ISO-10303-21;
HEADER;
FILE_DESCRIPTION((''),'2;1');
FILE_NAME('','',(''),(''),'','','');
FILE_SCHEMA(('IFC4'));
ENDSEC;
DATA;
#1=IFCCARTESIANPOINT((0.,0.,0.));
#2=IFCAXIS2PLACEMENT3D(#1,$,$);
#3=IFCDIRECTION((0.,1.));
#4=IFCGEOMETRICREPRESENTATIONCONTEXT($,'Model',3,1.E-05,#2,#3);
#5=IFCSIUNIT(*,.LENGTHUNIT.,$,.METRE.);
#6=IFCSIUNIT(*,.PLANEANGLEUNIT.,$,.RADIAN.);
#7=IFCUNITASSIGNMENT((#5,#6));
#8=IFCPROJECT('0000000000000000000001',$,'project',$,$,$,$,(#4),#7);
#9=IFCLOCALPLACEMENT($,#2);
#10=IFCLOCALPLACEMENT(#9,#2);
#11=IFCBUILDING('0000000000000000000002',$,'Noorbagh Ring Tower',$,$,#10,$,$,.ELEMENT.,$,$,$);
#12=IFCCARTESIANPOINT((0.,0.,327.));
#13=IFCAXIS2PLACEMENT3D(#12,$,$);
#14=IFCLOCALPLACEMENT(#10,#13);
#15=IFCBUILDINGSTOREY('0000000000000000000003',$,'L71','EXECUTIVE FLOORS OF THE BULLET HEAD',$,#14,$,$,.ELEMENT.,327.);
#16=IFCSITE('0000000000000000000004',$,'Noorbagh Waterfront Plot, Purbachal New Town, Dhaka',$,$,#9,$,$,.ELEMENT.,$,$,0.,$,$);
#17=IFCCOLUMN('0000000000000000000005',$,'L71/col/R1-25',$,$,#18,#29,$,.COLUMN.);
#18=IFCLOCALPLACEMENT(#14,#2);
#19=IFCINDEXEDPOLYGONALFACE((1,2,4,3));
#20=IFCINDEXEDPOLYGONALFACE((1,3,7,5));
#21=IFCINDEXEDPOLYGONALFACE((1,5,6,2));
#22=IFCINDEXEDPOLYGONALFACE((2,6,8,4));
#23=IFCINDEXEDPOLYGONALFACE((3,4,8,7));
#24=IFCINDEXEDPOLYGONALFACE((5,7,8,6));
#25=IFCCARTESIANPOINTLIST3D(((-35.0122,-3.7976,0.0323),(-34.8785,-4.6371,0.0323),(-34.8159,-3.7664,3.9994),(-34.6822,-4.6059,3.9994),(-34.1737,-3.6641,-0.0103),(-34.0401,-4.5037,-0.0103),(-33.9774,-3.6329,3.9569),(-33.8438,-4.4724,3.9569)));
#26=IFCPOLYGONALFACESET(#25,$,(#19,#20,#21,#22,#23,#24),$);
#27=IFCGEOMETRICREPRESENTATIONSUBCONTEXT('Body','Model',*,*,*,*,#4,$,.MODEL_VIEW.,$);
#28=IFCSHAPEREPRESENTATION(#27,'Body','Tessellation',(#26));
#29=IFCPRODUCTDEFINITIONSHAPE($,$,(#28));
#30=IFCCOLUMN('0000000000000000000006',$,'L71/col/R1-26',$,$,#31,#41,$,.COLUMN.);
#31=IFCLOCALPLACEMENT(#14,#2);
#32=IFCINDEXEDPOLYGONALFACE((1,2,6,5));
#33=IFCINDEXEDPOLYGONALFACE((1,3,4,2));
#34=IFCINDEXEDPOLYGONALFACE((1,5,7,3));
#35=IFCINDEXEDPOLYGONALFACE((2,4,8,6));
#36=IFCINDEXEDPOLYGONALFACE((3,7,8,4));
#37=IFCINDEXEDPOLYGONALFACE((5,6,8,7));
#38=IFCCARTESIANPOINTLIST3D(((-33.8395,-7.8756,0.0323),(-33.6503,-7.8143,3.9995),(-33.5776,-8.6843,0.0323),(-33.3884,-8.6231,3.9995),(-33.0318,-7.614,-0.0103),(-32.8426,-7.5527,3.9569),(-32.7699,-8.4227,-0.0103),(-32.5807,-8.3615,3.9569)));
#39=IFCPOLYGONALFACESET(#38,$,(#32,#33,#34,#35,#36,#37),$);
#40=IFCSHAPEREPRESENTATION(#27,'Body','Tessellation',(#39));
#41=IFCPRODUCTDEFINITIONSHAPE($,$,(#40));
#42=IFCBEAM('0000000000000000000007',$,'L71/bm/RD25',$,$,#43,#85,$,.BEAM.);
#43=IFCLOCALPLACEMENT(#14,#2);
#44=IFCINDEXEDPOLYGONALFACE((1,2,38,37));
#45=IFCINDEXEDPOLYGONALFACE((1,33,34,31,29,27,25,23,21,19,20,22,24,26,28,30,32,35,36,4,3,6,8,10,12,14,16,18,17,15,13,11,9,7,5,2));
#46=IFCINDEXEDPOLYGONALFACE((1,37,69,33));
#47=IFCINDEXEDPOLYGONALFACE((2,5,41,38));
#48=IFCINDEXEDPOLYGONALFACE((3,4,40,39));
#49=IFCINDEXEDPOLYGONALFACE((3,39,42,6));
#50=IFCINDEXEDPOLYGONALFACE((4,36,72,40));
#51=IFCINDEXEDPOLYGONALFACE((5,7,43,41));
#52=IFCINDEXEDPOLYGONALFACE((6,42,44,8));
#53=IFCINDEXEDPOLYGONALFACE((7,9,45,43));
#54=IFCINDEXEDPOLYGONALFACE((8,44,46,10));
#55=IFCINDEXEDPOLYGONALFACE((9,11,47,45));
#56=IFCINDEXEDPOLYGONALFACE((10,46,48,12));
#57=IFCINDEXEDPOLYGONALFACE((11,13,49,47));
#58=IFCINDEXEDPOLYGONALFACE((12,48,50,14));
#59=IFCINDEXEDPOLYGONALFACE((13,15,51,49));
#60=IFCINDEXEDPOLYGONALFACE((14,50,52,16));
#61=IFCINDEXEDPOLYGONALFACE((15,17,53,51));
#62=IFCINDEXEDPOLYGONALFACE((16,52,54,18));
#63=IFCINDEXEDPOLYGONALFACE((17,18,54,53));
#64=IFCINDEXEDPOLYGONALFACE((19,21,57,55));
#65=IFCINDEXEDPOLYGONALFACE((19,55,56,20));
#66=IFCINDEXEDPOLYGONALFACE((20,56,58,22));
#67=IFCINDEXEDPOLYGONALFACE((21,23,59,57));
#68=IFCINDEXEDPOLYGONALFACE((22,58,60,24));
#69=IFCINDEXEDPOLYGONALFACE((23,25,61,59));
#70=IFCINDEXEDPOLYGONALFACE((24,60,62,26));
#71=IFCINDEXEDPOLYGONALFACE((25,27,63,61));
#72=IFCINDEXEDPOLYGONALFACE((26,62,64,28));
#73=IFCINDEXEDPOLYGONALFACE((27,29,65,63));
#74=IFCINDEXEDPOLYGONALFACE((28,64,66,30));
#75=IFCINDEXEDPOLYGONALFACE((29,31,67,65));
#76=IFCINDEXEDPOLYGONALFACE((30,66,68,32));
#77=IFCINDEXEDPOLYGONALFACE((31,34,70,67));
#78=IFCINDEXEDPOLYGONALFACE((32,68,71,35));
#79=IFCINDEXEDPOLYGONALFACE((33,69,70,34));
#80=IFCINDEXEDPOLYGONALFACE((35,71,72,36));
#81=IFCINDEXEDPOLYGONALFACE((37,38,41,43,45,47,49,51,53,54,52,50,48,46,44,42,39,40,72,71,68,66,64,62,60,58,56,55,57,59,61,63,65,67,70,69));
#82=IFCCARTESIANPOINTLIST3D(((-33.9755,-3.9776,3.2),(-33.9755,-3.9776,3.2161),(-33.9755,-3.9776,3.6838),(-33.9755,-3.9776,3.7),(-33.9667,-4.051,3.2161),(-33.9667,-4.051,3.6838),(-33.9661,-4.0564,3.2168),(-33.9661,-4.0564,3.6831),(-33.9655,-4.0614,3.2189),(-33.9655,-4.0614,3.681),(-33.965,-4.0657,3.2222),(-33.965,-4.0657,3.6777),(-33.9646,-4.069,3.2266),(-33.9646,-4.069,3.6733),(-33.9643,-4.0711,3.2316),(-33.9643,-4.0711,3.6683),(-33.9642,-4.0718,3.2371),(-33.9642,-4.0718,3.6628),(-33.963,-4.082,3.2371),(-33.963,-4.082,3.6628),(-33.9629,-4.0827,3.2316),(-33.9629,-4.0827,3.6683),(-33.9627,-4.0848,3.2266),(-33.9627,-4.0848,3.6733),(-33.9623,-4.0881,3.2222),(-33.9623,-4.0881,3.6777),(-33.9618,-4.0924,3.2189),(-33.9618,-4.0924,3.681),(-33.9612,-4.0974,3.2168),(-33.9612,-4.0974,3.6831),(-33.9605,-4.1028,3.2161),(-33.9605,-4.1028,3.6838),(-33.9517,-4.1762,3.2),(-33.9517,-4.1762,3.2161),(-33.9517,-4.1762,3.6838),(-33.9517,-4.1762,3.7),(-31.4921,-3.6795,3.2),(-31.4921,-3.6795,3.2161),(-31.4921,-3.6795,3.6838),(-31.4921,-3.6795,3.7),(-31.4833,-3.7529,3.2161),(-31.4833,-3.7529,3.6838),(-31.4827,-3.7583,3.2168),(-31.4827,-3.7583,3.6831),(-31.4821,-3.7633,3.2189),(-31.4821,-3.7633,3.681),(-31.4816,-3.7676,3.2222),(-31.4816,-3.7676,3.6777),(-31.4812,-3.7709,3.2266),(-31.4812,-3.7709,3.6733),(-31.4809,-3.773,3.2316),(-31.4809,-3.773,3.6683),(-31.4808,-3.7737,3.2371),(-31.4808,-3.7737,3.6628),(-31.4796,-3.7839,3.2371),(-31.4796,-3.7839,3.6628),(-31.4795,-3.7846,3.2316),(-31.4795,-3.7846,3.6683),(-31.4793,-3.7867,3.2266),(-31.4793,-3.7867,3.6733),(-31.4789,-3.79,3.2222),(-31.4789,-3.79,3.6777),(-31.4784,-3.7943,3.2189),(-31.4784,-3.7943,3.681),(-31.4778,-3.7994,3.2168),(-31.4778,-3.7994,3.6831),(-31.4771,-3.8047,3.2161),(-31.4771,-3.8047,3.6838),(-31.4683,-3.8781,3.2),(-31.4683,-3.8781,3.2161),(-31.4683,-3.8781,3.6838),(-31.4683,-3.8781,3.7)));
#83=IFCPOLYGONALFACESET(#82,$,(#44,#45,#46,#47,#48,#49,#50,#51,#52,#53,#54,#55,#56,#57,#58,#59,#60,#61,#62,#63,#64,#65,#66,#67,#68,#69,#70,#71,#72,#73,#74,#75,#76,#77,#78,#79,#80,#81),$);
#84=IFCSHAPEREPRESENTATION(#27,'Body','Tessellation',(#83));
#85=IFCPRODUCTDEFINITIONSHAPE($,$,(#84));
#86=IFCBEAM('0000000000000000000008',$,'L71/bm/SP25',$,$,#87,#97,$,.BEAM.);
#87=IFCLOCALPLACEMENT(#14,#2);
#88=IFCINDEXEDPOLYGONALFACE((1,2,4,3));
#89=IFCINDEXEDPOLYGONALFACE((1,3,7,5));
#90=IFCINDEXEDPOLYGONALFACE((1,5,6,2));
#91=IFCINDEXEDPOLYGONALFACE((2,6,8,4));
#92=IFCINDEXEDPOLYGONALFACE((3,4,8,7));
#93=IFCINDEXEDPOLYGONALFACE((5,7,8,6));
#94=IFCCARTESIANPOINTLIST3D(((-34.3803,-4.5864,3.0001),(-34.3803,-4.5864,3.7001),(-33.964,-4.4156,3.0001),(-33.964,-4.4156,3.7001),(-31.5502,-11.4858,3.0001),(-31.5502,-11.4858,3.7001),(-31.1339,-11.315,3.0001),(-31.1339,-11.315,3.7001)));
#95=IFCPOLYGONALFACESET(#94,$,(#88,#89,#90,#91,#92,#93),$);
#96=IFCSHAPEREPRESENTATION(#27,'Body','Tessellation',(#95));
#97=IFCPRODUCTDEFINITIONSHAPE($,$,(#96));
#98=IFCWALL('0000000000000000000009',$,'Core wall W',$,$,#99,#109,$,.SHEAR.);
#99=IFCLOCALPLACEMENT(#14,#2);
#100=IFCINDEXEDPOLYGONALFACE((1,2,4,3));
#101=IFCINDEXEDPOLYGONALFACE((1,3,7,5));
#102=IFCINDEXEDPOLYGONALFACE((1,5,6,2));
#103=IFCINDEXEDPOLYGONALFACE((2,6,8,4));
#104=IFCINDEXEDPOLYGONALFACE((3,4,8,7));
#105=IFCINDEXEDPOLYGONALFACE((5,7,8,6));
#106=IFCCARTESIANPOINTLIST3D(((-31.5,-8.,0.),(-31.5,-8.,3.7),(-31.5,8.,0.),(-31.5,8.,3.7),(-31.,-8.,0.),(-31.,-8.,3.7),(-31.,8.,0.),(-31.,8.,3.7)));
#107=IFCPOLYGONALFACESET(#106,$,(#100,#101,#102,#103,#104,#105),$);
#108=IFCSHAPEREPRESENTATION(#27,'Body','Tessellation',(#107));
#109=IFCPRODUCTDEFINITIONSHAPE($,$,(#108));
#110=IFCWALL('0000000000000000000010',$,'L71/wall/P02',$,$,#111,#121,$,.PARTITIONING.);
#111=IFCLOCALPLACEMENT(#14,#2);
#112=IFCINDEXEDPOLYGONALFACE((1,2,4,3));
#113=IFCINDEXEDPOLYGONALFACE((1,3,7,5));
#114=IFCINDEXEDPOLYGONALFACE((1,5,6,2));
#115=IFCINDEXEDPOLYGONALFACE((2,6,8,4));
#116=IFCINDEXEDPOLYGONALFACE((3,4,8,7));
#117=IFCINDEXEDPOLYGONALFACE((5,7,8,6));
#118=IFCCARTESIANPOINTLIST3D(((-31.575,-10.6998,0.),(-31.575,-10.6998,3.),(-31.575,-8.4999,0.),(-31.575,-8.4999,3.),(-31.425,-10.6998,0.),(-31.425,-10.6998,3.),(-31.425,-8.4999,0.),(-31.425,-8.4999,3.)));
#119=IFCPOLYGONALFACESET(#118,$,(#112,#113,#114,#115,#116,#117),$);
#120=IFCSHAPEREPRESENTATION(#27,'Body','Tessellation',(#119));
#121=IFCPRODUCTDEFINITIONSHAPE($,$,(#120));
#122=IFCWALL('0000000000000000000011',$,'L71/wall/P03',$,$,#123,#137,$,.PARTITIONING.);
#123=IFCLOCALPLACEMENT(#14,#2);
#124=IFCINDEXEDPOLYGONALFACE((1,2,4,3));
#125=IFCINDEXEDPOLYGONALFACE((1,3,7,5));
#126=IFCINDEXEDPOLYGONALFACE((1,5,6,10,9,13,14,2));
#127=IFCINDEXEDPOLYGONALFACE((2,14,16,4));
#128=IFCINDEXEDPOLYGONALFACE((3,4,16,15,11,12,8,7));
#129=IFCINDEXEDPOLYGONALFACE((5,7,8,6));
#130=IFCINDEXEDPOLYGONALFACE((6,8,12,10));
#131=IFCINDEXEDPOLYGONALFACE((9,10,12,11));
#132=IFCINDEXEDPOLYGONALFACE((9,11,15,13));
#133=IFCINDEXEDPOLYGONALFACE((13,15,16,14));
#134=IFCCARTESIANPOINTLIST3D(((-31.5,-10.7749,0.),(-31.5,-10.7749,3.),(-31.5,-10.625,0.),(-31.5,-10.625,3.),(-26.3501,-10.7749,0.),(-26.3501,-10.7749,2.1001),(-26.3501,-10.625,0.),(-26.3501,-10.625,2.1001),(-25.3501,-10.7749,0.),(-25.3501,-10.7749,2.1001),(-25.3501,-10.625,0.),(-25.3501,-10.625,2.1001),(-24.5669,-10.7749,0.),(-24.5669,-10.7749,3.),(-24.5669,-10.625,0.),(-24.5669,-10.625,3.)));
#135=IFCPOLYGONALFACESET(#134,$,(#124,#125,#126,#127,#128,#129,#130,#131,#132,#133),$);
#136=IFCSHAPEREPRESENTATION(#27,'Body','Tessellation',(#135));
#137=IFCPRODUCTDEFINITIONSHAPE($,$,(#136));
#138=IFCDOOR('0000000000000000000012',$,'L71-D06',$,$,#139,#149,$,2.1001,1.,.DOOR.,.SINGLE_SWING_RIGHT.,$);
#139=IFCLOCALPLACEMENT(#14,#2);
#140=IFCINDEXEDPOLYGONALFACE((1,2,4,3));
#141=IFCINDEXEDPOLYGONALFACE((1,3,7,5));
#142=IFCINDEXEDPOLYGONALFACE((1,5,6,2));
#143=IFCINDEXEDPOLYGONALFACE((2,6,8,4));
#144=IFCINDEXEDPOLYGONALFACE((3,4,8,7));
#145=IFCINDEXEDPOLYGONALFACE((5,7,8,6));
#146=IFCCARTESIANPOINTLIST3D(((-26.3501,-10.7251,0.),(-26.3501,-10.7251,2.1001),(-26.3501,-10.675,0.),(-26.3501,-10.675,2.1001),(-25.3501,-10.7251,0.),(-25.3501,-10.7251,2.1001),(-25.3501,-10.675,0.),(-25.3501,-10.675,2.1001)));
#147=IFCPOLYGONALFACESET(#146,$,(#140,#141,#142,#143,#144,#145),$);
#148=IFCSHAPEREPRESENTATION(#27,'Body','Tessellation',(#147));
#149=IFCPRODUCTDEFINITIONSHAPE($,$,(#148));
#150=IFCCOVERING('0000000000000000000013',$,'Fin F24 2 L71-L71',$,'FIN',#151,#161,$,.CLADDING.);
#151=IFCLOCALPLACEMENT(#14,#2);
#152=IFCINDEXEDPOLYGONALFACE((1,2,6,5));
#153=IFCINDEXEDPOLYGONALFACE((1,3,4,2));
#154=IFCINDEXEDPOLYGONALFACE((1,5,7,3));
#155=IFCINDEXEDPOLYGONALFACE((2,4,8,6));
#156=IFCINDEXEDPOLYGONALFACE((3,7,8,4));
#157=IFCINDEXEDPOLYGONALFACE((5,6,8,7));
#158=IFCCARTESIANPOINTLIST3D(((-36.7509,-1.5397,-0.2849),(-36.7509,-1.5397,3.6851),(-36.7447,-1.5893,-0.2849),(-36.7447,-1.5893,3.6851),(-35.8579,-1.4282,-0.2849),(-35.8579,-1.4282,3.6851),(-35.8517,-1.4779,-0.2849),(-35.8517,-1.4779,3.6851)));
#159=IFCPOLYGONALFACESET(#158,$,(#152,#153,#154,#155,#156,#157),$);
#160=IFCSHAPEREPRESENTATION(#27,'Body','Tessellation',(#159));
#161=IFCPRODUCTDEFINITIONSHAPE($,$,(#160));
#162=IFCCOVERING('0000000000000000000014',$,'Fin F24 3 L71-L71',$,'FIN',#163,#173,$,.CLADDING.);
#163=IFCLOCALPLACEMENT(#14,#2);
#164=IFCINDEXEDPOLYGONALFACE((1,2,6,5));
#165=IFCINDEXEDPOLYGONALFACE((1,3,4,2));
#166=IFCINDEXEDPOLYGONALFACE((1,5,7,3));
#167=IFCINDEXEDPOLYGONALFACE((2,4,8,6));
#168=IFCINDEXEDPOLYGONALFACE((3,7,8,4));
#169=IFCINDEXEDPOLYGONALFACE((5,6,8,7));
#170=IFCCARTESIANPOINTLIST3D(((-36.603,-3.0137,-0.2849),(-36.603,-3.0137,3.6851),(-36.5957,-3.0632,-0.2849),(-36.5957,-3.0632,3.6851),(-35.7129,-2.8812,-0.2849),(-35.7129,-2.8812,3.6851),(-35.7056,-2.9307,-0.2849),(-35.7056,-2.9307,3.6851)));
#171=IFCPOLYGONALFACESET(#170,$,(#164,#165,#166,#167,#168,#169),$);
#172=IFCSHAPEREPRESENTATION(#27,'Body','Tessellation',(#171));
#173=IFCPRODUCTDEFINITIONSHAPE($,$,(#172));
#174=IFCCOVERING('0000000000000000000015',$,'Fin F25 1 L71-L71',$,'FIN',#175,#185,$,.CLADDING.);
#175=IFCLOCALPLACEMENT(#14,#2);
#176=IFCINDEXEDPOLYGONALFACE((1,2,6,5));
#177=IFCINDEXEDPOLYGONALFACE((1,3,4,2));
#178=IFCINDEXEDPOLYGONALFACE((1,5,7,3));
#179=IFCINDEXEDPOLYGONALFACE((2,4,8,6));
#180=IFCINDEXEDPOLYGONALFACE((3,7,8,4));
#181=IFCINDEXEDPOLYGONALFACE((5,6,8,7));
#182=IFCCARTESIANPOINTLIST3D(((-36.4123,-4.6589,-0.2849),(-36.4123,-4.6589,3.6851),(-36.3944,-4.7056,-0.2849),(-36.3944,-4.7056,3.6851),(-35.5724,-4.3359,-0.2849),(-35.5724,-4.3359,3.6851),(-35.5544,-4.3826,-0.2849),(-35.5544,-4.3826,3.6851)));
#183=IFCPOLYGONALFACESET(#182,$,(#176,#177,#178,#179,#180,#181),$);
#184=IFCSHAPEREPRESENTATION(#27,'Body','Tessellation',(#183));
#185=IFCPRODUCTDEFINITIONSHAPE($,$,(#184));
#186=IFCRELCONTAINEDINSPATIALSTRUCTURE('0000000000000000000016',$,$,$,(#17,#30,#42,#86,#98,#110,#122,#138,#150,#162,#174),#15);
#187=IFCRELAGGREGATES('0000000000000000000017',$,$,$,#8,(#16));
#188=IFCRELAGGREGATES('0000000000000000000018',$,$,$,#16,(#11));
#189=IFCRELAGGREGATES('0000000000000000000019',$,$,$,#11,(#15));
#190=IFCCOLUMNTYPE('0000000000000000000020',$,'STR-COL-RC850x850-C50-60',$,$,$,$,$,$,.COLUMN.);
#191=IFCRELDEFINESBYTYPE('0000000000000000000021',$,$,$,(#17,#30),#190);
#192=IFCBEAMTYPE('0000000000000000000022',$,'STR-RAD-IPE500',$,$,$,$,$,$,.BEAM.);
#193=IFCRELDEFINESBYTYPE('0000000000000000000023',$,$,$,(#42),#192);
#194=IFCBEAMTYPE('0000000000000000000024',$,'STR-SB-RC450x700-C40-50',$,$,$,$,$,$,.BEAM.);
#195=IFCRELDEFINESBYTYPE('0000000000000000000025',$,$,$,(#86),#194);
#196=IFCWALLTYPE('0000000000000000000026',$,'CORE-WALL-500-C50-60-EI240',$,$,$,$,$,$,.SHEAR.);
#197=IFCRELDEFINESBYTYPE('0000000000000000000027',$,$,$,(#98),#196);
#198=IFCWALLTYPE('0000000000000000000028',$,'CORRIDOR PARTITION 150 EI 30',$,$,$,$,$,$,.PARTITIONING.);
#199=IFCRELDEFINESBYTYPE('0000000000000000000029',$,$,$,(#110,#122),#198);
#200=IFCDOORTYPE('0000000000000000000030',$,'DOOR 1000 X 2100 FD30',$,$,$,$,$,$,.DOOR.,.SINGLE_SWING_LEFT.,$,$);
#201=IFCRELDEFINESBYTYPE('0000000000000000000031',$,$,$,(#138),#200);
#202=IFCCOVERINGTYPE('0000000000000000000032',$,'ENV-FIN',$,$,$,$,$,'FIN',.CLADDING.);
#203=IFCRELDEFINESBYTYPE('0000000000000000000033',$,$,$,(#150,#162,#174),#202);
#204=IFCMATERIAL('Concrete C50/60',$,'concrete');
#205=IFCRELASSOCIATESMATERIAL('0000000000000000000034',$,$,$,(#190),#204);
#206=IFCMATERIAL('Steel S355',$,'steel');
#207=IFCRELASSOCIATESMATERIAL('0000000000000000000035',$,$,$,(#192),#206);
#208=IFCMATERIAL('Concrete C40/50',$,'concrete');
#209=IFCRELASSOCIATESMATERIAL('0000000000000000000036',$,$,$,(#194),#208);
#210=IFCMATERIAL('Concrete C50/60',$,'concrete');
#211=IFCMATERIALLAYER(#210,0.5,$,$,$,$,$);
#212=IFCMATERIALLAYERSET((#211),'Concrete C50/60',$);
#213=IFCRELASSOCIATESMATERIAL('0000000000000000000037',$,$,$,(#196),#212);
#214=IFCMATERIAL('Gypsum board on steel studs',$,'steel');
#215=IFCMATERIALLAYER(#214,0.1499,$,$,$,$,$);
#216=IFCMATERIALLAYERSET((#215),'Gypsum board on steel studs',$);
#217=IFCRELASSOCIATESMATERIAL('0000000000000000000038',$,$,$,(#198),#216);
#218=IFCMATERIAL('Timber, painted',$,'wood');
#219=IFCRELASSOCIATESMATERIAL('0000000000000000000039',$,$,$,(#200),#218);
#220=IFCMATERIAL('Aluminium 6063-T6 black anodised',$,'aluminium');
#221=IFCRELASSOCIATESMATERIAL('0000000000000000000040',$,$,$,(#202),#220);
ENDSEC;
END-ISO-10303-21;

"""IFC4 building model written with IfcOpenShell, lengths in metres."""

from ifc_helpers import new_model, si_unit, direction, frame, frame_2d, origin, origin_2d, place, context, subcontext, project, spatial, rectangle, i_section, extrude, material, layer, layer_set, material_profile, profile_set, type_object, element, fill, save


model = new_model("IFC4")

# Units and contexts
model_context = context("Model", 3, precision=1e-05, world=origin(), true_north=direction((0.0, 1.0)))
body_context = subcontext(model_context, "Body", "Model", "MODEL_VIEW")
ifc_project = project(units=[si_unit("LENGTHUNIT", "METRE"), si_unit("PLANEANGLEUNIT", "RADIAN")], contexts=[model_context])

# Site, building, storey
site_placement = place(None, origin())
site = spatial("IfcSite", under=ifc_project, at=site_placement, Name="Noorbagh Waterfront Plot, Purbachal New Town, Dhaka", CompositionType="ELEMENT", RefElevation=0.0)
building_placement = place(site_placement, origin())
building = spatial("IfcBuilding", under=site, at=building_placement, Name="Noorbagh Ring Tower", CompositionType="ELEMENT")
storey_placement = place(building_placement, frame((0.0, 0.0, 327.0)))
storey = spatial("IfcBuildingStorey", under=building, at=storey_placement, Name="L71", Description="EXECUTIVE FLOORS OF THE BULLET HEAD", CompositionType="ELEMENT", Elevation=327.0)

# Columns
ifc_material_1 = material(Name="Concrete C50/60", Category="concrete")
ifc_material_profile_1 = material_profile(ifc_material_1, rectangle(XDim=0.8501, YDim=0.8501, at=origin_2d()), Name="RC850x850")
ifc_profile_set_1 = profile_set([ifc_material_profile_1], Name="Concrete C50/60")
column_type = type_object("IfcColumnType", Name="STR-COL-RC850x850-C50-60", PredefinedType="COLUMN", material=ifc_profile_set_1)
for number, where, z_axis, x_axis, name in (
    (1, (-34.5261, -4.1506, 0.011), (0.049415, 0.007867, 0.998747), (-0.157224, 0.987563, 0.0), "L71/col/R1-25"),
    (2, (-33.3047, -8.1492, 0.011), (0.047632, 0.015427, 0.998746), (-0.308114, 0.951349, 0.0), "L71/col/R1-26"),
):
    element("IfcColumn", number, at=place(storey_placement, frame(where, z_axis=z_axis, x_axis=x_axis)), inside=storey, type_object=column_type, Name=name, PredefinedType="COLUMN", context=body_context, shape_type="SweptSolid", body=[
        extrude(rectangle(XDim=0.8501, YDim=0.8501, at=origin_2d()), origin(), (0.0, 0.0, 1.0), 3.9722),
    ])

# Beams
ifc_material_2 = material(Name="Steel S355", Category="steel")
ifc_material_profile_2 = material_profile(ifc_material_2, i_section(OverallWidth=0.2, OverallDepth=0.5, WebThickness=0.0103, FlangeThickness=0.0161, FilletRadius=0.021, at=origin_2d()), Name="IPE500")
ifc_profile_set_2 = profile_set([ifc_material_profile_2], Name="Steel S355")
beam_type_1 = type_object("IfcBeamType", Name="STR-RAD-IPE500", PredefinedType="BEAM", material=ifc_profile_set_2)
beam_1_placement = place(storey_placement, frame((-33.9636, -4.0769, 3.45), z_axis=(0.992873, 0.11918, 0.0), x_axis=(-0.11918, 0.992873, 0.0)))
element("IfcBeam", 3, at=beam_1_placement, inside=storey, type_object=beam_type_1, Name="L71/bm/RD25", PredefinedType="BEAM", context=body_context, shape_type="SweptSolid", body=[
    extrude(i_section(OverallWidth=0.2, OverallDepth=0.5, WebThickness=0.0103, FlangeThickness=0.0161, FilletRadius=0.021, at=origin_2d()), origin(), (0.0, 0.0, 1.0), 2.5012),
])
ifc_material_3 = material(Name="Concrete C40/50", Category="concrete")
ifc_material_profile_3 = material_profile(ifc_material_3, rectangle(XDim=0.45, YDim=0.7, at=origin_2d()), Name="RC450x700")
ifc_profile_set_3 = profile_set([ifc_material_profile_3], Name="Concrete C40/50")
beam_type_2 = type_object("IfcBeamType", Name="STR-SB-RC450x700-C40-50", PredefinedType="BEAM", material=ifc_profile_set_3)
beam_2_placement = place(storey_placement, frame((-34.1721, -4.501, 3.3501), z_axis=(0.379505, -0.92519, 0.0), x_axis=(0.92519, 0.379505, 0.0)))
element("IfcBeam", 4, at=beam_2_placement, inside=storey, type_object=beam_type_2, Name="L71/bm/SP25", PredefinedType="BEAM", context=body_context, shape_type="SweptSolid", body=[
    extrude(rectangle(XDim=0.45, YDim=0.7, at=origin_2d()), origin(), (0.0, 0.0, 1.0), 7.4573),
])

# Walls
ifc_material_4 = material(Name="Concrete C50/60", Category="concrete")
ifc_layer_1 = layer(ifc_material_4, 0.5)
ifc_layer_set_1 = layer_set([ifc_layer_1], Name="Concrete C50/60")
wall_type_1 = type_object("IfcWallType", Name="CORE-WALL-500-C50-60-EI240", PredefinedType="SHEAR", material=ifc_layer_set_1)
wall_1_placement = place(storey_placement, frame((-31.25, -8.0, 0.0), z_axis=(0.0, 0.0, 1.0), x_axis=(0.0, 1.0, 0.0)))
element("IfcWall", 5, at=wall_1_placement, inside=storey, type_object=wall_type_1, Name="Core wall W", PredefinedType="SHEAR", context=body_context, shape_type="SweptSolid", body=[
    extrude(rectangle(XDim=16.0, YDim=0.5, at=frame_2d((8.0, 0.0))), origin(), (0.0, 0.0, 1.0), 3.7),
])
ifc_material_5 = material(Name="Gypsum board on steel studs", Category="steel")
ifc_layer_2 = layer(ifc_material_5, 0.1499)
ifc_layer_set_2 = layer_set([ifc_layer_2], Name="Gypsum board on steel studs")
wall_type_2 = type_object("IfcWallType", Name="CORRIDOR PARTITION 150 EI 30", PredefinedType="PARTITIONING", material=ifc_layer_set_2)
wall_2_placement = place(storey_placement, frame((-31.5, -10.7, 0.0), z_axis=(0.0, 0.0, 1.0), x_axis=(0.0, 1.0, 0.0)))
element("IfcWall", 6, at=wall_2_placement, inside=storey, type_object=wall_type_2, Name="L71/wall/P02", PredefinedType="PARTITIONING", context=body_context, shape_type="SweptSolid", body=[
    extrude(rectangle(XDim=2.2, YDim=0.1499, at=frame_2d((1.1001, 0.0))), origin(), (0.0, 0.0, 1.0), 3.0),
])

# Wall, opening, door
wall_3_placement = place(storey_placement, frame((-31.5, -10.7, 0.0), z_axis=(0.0, 0.0, 1.0), x_axis=(1.0, 0.0, 0.0)))
wall_3 = element("IfcWall", 7, at=wall_3_placement, inside=storey, type_object=wall_type_2, Name="L71/wall/P03", PredefinedType="PARTITIONING", context=body_context, shape_type="SweptSolid", body=[
    extrude(rectangle(XDim=6.9331, YDim=0.1499, at=frame_2d((3.4666, 0.0))), origin(), (0.0, 0.0, 1.0), 3.0),
])
opening_placement = place(wall_3_placement, frame((5.1499, 0.0, 0.0)))
opening = element("IfcOpeningElement", 8, at=opening_placement, cuts=wall_3, PredefinedType="OPENING", context=body_context, shape_type="SweptSolid", body=[
    extrude(rectangle(XDim=1.0, YDim=2.1001, at=frame_2d((0.5, 1.05))), frame((0.0, 0.085, 0.0), z_axis=(0.0, -1.0, 0.0), x_axis=(1.0, 0.0, 0.0)), (0.0, 0.0, 1.0), 0.1699),
])
ifc_material_6 = material(Name="Timber, painted", Category="wood")
door_type = type_object("IfcDoorType", Name="DOOR 1000 X 2100 FD30", OperationType="SINGLE_SWING_LEFT", PredefinedType="DOOR", material=ifc_material_6)
door_placement = place(opening_placement, origin())
door = element("IfcDoor", 9, at=door_placement, inside=storey, type_object=door_type, Name="L71-D06", OperationType="SINGLE_SWING_RIGHT", OverallHeight=2.1001, OverallWidth=1.0, PredefinedType="DOOR", context=body_context, shape_type="SweptSolid", body=[
    extrude(rectangle(XDim=1.0, YDim=2.1001, at=frame_2d((0.5, 1.05))), frame((0.0, 0.0249, 0.0), z_axis=(0.0, -1.0, 0.0), x_axis=(1.0, 0.0, 0.0)), (0.0, 0.0, 1.0), 0.05),
])
fill(opening, door)

# Coverings
ifc_material_7 = material(Name="Aluminium 6063-T6 black anodised", Category="aluminium")
ifc_material_profile_4 = material_profile(ifc_material_7, rectangle(XDim=0.8999, YDim=0.05, at=origin_2d()), Name="900x50")
ifc_profile_set_4 = profile_set([ifc_material_profile_4], Name="Aluminium 6063-T6 black anodised")
covering_type = type_object("IfcCoveringType", Name="ENV-FIN", ElementType="FIN", PredefinedType="CLADDING", material=ifc_profile_set_4)
for number, where, z_axis, x_axis, name in (
    (10, (-36.3013, -1.5088, -0.2849), (0.0, 0.0, 1.0), (-0.992303, -0.123835, 0.0), "Fin F24 2 L71-L71"),
    (11, (-36.1543, -2.9722, -0.2849), (0.0, 0.0, 1.0), (-0.989103, -0.147226, 0.0), "Fin F24 3 L71-L71"),
    (12, (-35.9834, -4.5208, -0.2849), (0.0, 0.0, 1.0), (-0.933362, -0.358936, 0.0), "Fin F25 1 L71-L71"),
):
    element("IfcCovering", number, at=place(storey_placement, frame(where, z_axis=z_axis, x_axis=x_axis)), inside=storey, type_object=covering_type, Name=name, ObjectType="FIN", PredefinedType="CLADDING", context=body_context, shape_type="SweptSolid", body=[
        extrude(rectangle(XDim=0.8999, YDim=0.05, at=origin_2d()), origin(), (0.0, 0.0, 1.0), 3.97),
    ])

save(model, "model.ifc")
